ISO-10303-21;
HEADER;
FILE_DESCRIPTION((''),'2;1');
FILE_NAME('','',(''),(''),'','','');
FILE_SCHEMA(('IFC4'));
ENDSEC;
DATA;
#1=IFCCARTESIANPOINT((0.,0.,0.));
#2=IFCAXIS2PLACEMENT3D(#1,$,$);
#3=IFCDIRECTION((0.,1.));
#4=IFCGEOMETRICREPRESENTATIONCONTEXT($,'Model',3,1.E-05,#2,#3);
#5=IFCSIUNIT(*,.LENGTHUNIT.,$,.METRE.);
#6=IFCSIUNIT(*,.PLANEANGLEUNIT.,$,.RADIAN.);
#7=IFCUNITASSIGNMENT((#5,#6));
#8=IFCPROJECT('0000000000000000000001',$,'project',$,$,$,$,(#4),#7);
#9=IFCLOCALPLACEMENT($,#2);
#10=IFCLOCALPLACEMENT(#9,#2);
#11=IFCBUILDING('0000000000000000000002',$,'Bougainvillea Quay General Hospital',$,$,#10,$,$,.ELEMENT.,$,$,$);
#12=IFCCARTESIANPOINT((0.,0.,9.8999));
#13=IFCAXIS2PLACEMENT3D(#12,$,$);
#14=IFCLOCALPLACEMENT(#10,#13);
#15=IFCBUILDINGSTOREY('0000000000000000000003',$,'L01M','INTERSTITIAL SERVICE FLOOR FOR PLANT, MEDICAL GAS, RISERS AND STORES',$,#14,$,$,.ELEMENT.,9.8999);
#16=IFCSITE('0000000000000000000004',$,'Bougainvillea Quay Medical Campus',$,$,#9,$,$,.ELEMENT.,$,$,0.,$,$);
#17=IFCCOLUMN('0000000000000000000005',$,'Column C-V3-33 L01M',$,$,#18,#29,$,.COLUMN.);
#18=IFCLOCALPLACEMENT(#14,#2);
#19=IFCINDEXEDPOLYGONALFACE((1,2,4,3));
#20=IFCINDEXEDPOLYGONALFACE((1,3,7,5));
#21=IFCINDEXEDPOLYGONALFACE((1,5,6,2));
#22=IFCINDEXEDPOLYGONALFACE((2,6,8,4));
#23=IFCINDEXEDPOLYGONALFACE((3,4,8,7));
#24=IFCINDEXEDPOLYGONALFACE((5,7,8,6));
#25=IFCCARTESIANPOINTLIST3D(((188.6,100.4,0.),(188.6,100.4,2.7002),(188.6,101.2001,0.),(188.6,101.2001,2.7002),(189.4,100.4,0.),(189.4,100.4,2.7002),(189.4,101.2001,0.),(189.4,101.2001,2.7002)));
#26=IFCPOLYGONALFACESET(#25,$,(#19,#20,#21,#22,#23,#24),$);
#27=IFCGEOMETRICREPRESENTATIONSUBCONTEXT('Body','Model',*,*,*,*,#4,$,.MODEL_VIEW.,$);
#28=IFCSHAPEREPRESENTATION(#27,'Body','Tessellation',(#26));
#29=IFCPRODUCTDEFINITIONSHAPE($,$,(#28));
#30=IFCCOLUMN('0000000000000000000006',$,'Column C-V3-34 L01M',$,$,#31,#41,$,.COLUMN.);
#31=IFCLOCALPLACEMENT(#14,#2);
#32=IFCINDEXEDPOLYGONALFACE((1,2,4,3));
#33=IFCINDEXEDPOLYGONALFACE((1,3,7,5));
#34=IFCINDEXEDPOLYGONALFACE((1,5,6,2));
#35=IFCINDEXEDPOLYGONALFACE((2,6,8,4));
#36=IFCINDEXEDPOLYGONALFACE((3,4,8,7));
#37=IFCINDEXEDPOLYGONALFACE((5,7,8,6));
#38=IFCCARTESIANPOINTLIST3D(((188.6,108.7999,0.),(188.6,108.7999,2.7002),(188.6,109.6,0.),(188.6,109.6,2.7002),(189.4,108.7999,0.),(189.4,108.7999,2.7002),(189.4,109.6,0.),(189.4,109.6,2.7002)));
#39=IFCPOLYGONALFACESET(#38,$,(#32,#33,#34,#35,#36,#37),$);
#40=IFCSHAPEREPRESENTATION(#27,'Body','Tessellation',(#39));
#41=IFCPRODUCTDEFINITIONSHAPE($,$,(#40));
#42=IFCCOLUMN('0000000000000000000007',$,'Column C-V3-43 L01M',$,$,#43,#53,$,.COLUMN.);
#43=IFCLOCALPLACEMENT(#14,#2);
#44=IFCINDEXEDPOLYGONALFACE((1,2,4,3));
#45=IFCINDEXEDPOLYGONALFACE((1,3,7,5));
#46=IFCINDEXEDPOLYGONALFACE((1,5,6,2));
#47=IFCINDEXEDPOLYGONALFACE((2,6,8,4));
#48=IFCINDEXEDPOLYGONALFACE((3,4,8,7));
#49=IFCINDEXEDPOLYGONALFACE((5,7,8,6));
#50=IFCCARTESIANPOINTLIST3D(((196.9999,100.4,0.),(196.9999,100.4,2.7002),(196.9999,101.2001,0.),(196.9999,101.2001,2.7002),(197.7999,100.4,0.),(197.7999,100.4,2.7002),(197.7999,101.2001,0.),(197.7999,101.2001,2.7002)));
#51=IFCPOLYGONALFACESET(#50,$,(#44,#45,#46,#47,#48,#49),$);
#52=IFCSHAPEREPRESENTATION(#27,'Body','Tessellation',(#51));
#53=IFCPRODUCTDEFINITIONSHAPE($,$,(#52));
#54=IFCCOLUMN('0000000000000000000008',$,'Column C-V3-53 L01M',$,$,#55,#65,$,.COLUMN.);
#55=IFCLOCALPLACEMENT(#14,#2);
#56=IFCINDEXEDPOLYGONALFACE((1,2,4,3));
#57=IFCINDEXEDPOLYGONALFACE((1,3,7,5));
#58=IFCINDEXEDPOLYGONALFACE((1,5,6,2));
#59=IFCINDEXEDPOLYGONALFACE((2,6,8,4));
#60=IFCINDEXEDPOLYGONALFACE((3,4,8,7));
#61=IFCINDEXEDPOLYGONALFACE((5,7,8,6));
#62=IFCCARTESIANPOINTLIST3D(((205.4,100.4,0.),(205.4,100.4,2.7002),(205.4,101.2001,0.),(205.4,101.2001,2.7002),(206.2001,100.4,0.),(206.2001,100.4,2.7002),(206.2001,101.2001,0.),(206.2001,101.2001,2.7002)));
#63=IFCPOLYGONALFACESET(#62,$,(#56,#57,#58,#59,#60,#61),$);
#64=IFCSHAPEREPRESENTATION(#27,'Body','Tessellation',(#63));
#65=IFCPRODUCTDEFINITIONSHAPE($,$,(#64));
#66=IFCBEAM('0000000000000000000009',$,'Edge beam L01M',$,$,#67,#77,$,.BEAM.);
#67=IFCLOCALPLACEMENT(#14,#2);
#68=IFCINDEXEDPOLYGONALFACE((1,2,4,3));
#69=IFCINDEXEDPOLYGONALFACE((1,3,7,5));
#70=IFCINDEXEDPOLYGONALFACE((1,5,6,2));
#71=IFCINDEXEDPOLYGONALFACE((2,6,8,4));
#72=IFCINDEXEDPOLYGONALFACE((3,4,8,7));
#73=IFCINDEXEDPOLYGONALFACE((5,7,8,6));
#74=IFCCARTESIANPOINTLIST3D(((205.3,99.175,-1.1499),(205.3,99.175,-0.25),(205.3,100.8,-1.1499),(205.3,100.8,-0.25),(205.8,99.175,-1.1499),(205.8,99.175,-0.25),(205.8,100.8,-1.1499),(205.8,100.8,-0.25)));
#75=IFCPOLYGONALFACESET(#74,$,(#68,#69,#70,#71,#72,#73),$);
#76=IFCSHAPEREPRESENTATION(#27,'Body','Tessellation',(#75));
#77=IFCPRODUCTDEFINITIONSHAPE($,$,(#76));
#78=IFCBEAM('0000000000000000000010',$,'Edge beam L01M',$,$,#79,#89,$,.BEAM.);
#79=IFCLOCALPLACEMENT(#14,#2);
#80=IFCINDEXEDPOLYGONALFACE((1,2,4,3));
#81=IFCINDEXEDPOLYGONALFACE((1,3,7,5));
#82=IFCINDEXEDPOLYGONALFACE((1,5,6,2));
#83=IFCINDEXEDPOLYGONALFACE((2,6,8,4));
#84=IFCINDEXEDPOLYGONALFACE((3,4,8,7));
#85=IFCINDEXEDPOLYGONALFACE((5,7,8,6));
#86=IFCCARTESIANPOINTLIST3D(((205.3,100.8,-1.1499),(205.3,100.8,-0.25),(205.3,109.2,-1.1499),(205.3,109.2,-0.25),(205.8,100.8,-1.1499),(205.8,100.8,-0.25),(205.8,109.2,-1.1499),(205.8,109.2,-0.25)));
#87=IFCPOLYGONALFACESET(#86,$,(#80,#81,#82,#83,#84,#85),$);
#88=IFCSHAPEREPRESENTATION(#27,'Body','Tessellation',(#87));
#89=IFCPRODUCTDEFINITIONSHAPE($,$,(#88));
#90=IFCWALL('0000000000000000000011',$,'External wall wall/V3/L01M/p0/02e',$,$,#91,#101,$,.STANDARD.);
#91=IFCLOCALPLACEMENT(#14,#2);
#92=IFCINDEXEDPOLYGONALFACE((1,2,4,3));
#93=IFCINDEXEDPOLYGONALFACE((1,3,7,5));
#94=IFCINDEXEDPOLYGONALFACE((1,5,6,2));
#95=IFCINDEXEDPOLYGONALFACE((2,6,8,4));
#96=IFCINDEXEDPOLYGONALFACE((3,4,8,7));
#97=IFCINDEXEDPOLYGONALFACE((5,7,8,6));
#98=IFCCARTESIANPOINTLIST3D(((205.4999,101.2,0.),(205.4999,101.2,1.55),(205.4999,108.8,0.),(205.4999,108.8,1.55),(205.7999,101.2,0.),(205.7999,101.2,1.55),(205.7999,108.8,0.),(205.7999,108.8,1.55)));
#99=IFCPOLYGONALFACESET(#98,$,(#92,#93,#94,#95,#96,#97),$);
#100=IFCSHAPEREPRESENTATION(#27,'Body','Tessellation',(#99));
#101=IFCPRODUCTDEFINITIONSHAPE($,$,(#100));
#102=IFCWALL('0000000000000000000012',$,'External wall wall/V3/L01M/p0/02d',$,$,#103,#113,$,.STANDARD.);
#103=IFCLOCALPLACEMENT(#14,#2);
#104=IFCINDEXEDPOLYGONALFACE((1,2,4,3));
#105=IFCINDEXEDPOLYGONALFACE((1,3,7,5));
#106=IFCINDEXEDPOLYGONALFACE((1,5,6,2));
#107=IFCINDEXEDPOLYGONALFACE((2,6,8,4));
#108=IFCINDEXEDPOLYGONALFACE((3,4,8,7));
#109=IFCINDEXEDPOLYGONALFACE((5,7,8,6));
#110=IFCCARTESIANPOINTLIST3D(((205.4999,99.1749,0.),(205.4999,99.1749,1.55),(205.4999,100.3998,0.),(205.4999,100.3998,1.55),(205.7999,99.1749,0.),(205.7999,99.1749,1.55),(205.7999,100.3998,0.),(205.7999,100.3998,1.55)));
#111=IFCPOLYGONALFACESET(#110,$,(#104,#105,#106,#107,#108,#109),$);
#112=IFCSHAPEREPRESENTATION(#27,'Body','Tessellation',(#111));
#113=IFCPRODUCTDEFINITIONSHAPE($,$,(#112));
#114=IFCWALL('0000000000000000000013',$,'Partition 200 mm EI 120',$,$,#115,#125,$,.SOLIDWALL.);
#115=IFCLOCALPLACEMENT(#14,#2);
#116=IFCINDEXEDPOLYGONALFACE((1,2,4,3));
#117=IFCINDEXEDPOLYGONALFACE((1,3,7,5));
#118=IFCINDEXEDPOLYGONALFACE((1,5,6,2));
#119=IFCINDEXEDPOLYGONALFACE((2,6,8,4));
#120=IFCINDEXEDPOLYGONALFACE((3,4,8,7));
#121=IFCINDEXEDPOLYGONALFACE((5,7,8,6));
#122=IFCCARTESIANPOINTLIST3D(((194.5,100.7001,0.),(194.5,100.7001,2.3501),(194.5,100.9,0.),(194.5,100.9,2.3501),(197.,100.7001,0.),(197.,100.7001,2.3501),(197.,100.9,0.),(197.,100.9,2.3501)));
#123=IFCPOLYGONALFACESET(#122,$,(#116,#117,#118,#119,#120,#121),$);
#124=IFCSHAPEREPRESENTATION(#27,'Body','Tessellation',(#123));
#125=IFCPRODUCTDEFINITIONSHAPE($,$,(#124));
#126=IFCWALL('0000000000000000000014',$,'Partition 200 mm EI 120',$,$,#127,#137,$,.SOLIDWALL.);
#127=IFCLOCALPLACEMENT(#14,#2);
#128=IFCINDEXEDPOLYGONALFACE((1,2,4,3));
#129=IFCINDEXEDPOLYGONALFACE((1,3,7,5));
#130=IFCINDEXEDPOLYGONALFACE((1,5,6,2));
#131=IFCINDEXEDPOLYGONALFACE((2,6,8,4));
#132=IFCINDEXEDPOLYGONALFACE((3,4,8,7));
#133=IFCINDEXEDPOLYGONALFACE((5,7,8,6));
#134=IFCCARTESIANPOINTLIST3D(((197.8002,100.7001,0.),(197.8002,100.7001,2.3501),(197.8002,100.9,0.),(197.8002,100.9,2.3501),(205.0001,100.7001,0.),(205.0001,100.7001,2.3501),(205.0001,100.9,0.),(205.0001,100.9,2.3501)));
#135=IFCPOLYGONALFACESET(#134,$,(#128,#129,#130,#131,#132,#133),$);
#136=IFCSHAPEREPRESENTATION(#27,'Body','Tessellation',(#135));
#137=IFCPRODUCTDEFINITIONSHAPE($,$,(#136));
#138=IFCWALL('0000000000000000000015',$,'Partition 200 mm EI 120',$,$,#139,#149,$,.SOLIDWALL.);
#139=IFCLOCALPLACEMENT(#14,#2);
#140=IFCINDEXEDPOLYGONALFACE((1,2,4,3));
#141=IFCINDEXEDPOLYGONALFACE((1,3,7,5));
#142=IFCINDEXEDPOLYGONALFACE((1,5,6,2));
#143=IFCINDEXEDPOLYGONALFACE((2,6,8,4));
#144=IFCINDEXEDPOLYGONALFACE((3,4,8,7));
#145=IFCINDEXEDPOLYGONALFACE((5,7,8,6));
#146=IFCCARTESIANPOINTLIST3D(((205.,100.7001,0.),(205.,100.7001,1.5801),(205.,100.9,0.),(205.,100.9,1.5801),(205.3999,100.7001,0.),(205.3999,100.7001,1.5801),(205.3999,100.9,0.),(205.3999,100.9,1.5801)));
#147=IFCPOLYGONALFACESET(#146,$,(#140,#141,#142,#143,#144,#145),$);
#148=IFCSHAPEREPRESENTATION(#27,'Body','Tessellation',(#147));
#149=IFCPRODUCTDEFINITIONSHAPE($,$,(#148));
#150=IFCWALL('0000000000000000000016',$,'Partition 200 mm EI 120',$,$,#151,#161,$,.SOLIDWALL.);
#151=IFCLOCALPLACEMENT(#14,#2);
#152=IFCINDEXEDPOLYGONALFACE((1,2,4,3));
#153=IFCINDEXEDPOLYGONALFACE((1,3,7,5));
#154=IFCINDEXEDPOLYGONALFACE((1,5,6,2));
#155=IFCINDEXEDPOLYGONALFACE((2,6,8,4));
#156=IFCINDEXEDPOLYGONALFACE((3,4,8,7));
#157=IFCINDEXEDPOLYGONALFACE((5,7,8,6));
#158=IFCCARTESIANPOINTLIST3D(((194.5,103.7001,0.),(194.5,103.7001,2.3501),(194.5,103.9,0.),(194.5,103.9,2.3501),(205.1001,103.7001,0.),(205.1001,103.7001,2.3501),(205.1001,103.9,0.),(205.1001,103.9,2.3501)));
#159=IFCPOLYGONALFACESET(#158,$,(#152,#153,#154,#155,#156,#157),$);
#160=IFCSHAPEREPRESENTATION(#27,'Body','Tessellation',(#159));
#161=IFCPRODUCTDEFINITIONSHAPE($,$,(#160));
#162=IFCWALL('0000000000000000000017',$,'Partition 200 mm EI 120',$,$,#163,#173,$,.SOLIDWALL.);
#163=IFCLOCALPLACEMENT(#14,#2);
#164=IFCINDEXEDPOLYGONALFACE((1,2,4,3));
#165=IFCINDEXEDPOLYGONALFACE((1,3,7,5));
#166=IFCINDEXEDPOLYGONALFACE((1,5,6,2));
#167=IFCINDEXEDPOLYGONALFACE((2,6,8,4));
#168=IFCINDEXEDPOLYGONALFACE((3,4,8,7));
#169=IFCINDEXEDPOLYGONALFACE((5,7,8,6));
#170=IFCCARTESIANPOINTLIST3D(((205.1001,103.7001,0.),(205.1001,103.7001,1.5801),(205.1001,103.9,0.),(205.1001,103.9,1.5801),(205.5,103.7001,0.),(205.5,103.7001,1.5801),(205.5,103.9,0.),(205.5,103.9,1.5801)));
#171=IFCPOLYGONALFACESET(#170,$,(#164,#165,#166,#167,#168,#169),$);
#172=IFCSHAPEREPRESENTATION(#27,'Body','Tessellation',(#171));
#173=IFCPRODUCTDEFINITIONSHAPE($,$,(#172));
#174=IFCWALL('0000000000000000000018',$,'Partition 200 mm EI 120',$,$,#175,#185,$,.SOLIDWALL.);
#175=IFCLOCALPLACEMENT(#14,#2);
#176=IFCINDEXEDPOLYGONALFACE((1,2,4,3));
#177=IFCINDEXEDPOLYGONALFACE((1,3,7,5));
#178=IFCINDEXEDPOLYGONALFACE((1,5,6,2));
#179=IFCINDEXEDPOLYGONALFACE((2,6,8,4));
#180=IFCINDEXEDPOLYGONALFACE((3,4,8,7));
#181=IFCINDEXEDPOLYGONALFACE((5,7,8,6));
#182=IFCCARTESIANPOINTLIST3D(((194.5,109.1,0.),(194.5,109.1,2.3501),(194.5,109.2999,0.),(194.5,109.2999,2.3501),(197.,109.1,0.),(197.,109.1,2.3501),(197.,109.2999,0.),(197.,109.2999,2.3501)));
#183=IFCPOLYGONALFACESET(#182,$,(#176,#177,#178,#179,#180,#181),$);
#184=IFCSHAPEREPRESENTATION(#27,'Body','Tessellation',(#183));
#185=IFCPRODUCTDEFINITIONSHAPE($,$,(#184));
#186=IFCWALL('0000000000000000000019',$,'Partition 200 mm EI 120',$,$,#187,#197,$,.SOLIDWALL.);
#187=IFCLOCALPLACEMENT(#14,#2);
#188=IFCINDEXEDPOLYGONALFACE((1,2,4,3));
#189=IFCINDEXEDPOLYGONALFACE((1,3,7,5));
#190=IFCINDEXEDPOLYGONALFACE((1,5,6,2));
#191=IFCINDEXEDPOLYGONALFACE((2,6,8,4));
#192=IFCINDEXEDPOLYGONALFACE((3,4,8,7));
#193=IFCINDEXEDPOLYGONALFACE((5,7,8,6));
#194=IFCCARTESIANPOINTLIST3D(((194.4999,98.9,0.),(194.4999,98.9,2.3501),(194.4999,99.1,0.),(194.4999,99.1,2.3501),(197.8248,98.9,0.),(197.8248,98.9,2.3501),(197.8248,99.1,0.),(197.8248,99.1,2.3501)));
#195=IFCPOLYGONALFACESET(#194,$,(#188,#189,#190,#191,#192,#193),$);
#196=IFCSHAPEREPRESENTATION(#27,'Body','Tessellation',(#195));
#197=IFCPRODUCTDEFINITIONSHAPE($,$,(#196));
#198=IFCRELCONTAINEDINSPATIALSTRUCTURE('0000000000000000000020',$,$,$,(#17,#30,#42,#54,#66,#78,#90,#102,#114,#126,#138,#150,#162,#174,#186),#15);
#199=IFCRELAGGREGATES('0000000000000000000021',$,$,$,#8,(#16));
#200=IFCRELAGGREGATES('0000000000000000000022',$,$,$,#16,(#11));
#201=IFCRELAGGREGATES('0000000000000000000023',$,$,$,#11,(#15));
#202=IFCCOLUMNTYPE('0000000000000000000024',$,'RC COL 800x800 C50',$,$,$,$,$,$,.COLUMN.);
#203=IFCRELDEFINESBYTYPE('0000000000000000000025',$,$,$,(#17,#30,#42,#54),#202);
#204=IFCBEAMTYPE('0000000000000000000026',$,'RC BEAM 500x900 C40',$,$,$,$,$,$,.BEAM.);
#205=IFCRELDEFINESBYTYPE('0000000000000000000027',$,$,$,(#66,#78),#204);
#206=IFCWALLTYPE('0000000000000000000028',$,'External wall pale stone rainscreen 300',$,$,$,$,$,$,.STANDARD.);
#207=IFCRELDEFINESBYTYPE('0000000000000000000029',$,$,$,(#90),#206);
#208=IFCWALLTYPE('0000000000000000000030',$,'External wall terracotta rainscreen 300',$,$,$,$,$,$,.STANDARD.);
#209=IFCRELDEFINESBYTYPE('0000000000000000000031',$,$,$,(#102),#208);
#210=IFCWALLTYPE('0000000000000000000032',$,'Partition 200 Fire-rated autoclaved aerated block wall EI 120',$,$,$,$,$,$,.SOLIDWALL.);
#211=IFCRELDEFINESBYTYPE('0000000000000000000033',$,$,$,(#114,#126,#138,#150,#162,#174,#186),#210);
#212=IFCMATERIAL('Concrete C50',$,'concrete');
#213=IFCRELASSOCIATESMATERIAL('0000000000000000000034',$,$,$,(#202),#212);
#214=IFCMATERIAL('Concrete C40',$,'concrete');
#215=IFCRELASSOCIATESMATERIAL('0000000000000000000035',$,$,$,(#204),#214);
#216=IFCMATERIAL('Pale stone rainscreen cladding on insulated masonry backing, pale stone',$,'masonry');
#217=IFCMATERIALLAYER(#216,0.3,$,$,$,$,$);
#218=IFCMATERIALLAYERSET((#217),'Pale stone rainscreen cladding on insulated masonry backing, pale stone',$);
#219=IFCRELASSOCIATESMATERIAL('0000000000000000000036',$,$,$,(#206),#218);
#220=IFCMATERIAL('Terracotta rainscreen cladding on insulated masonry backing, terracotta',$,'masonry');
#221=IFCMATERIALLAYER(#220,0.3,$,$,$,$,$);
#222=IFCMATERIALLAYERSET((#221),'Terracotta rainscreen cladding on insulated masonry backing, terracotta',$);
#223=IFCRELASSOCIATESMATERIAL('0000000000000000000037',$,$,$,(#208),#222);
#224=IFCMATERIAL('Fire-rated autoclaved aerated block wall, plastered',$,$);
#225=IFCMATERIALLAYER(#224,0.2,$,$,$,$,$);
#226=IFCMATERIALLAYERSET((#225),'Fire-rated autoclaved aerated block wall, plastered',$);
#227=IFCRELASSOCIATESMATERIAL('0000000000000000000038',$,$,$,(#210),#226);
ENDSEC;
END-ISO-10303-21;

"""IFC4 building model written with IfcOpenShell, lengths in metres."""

from ifc_helpers import new_model, si_unit, direction, frame, frame_2d, origin, origin_2d, place, context, subcontext, project, spatial, rectangle, extrude, material, layer, layer_set, material_profile, profile_set, type_object, element, save


model = new_model("IFC4")

# Units and contexts
model_context = context("Model", 3, precision=1e-05, world=origin(), true_north=direction((0.0, 1.0)))
body_context = subcontext(model_context, "Body", "Model", "MODEL_VIEW")
ifc_project = project(units=[si_unit("LENGTHUNIT", "METRE"), si_unit("PLANEANGLEUNIT", "RADIAN")], contexts=[model_context])

# Site, building, storey
site_placement = place(None, origin())
site = spatial("IfcSite", under=ifc_project, at=site_placement, Name="Bougainvillea Quay Medical Campus", CompositionType="ELEMENT", RefElevation=0.0)
building_placement = place(site_placement, origin())
building = spatial("IfcBuilding", under=site, at=building_placement, Name="Bougainvillea Quay General Hospital", CompositionType="ELEMENT")
storey_placement = place(building_placement, frame((0.0, 0.0, 9.8999)))
storey = spatial("IfcBuildingStorey", under=building, at=storey_placement, Name="L01M", Description="INTERSTITIAL SERVICE FLOOR FOR PLANT, MEDICAL GAS, RISERS AND STORES", CompositionType="ELEMENT", Elevation=9.8999)

# Columns
ifc_material_1 = material(Name="Concrete C50", Category="concrete")
ifc_material_profile_1 = material_profile(ifc_material_1, rectangle(XDim=0.8, YDim=0.8, at=origin_2d()))
ifc_profile_set_1 = profile_set([ifc_material_profile_1], Name="Concrete C50")
column_type = type_object("IfcColumnType", Name="RC COL 800x800 C50", PredefinedType="COLUMN", material=ifc_profile_set_1)
for number, where, z_axis, x_axis, name in (
    (1, (189.0, 100.8, 0.0), (0.0, 0.0, 1.0), (1.0, 0.0, 0.0), "Column C-V3-33 L01M"),
    (2, (189.0, 109.2, 0.0), (0.0, 0.0, 1.0), (1.0, 0.0, 0.0), "Column C-V3-34 L01M"),
    (3, (197.3999, 100.8, 0.0), (0.0, 0.0, 1.0), (1.0, 0.0, 0.0), "Column C-V3-43 L01M"),
    (4, (205.8, 100.8, 0.0), (0.0, 0.0, 1.0), (1.0, 0.0, 0.0), "Column C-V3-53 L01M"),
):
    element("IfcColumn", number, at=place(storey_placement, frame(where, z_axis=z_axis, x_axis=x_axis)), inside=storey, type_object=column_type, Name=name, PredefinedType="COLUMN", context=body_context, shape_type="SweptSolid", body=[
        extrude(rectangle(XDim=0.8, YDim=0.8, at=origin_2d()), origin(), (0.0, 0.0, 1.0), 2.7002),
    ])

# Beams
ifc_material_2 = material(Name="Concrete C40", Category="concrete")
ifc_material_profile_2 = material_profile(ifc_material_2, rectangle(XDim=0.5, YDim=0.8999, at=origin_2d()))
ifc_profile_set_2 = profile_set([ifc_material_profile_2], Name="Concrete C40")
beam_type = type_object("IfcBeamType", Name="RC BEAM 500x900 C40", PredefinedType="BEAM", material=ifc_profile_set_2)
beam_1_placement = place(storey_placement, frame((205.55, 99.175, -0.7), z_axis=(0.0, 1.0, 0.0), x_axis=(-1.0, 0.0, 0.0)))
element("IfcBeam", 5, at=beam_1_placement, inside=storey, type_object=beam_type, Name="Edge beam L01M", PredefinedType="BEAM", context=body_context, shape_type="SweptSolid", body=[
    extrude(rectangle(XDim=0.5, YDim=0.8999, at=origin_2d()), origin(), (0.0, 0.0, 1.0), 1.625),
])
beam_2_placement = place(storey_placement, frame((205.55, 100.8, -0.7), z_axis=(0.0, 1.0, 0.0), x_axis=(-1.0, 0.0, 0.0)))
element("IfcBeam", 6, at=beam_2_placement, inside=storey, type_object=beam_type, Name="Edge beam L01M", PredefinedType="BEAM", context=body_context, shape_type="SweptSolid", body=[
    extrude(rectangle(XDim=0.5, YDim=0.8999, at=origin_2d()), origin(), (0.0, 0.0, 1.0), 8.3999),
])

# Walls
ifc_material_3 = material(Name="Pale stone rainscreen cladding on insulated masonry backing, pale stone", Category="masonry")
ifc_layer_1 = layer(ifc_material_3, 0.3)
ifc_layer_set_1 = layer_set([ifc_layer_1], Name="Pale stone rainscreen cladding on insulated masonry backing, pale stone")
wall_type_1 = type_object("IfcWallType", Name="External wall pale stone rainscreen 300", PredefinedType="STANDARD", material=ifc_layer_set_1)
wall_1_placement = place(storey_placement, frame((205.6499, 101.2, 0.0), z_axis=(0.0, 0.0, 1.0), x_axis=(0.0, 1.0, 0.0)))
element("IfcWall", 7, at=wall_1_placement, inside=storey, type_object=wall_type_1, Name="External wall wall/V3/L01M/p0/02e", PredefinedType="STANDARD", context=body_context, shape_type="SweptSolid", body=[
    extrude(rectangle(XDim=7.6001, YDim=0.3, at=frame_2d((3.8, 0.0))), origin(), (0.0, 0.0, 1.0), 1.55),
])
ifc_material_4 = material(Name="Terracotta rainscreen cladding on insulated masonry backing, terracotta", Category="masonry")
ifc_layer_2 = layer(ifc_material_4, 0.3)
ifc_layer_set_2 = layer_set([ifc_layer_2], Name="Terracotta rainscreen cladding on insulated masonry backing, terracotta")
wall_type_2 = type_object("IfcWallType", Name="External wall terracotta rainscreen 300", PredefinedType="STANDARD", material=ifc_layer_set_2)
wall_2_placement = place(storey_placement, frame((205.6499, 99.175, 0.0), z_axis=(0.0, 0.0, 1.0), x_axis=(0.0, 1.0, 0.0)))
element("IfcWall", 8, at=wall_2_placement, inside=storey, type_object=wall_type_2, Name="External wall wall/V3/L01M/p0/02d", PredefinedType="STANDARD", context=body_context, shape_type="SweptSolid", body=[
    extrude(rectangle(XDim=1.2249, YDim=0.3, at=frame_2d((0.6123, 0.0))), origin(), (0.0, 0.0, 1.0), 1.55),
])
ifc_material_5 = material(Name="Fire-rated autoclaved aerated block wall, plastered")
ifc_layer_3 = layer(ifc_material_5, 0.2)
ifc_layer_set_3 = layer_set([ifc_layer_3], Name="Fire-rated autoclaved aerated block wall, plastered")
wall_type_3 = type_object("IfcWallType", Name="Partition 200 Fire-rated autoclaved aerated block wall EI 120", PredefinedType="SOLIDWALL", material=ifc_layer_set_3)
wall_3_placement = place(storey_placement, frame((194.5, 100.8, 0.0), z_axis=(0.0, 0.0, 1.0), x_axis=(1.0, 0.0, 0.0)))
element("IfcWall", 9, at=wall_3_placement, inside=storey, type_object=wall_type_3, Name="Partition 200 mm EI 120", PredefinedType="SOLIDWALL", context=body_context, shape_type="SweptSolid", body=[
    extrude(rectangle(XDim=2.5, YDim=0.2, at=frame_2d((1.25, 0.0))), origin(), (0.0, 0.0, 1.0), 2.3501),
])
wall_4_placement = place(storey_placement, frame((197.8, 100.8, 0.0), z_axis=(0.0, 0.0, 1.0), x_axis=(1.0, 0.0, 0.0)))
element("IfcWall", 10, at=wall_4_placement, inside=storey, type_object=wall_type_3, Name="Partition 200 mm EI 120", PredefinedType="SOLIDWALL", context=body_context, shape_type="SweptSolid", body=[
    extrude(rectangle(XDim=7.2, YDim=0.2, at=frame_2d((3.6001, 0.0))), origin(), (0.0, 0.0, 1.0), 2.3501),
])
wall_5_placement = place(storey_placement, frame((205.0, 100.8, 0.0), z_axis=(0.0, 0.0, 1.0), x_axis=(1.0, 0.0, 0.0)))
element("IfcWall", 11, at=wall_5_placement, inside=storey, type_object=wall_type_3, Name="Partition 200 mm EI 120", PredefinedType="SOLIDWALL", context=body_context, shape_type="SweptSolid", body=[
    extrude(rectangle(XDim=0.3999, YDim=0.2, at=frame_2d((0.2, 0.0))), origin(), (0.0, 0.0, 1.0), 1.5801),
])
wall_6_placement = place(storey_placement, frame((194.5, 103.8, 0.0), z_axis=(0.0, 0.0, 1.0), x_axis=(1.0, 0.0, 0.0)))
element("IfcWall", 12, at=wall_6_placement, inside=storey, type_object=wall_type_3, Name="Partition 200 mm EI 120", PredefinedType="SOLIDWALL", context=body_context, shape_type="SweptSolid", body=[
    extrude(rectangle(XDim=10.6001, YDim=0.2, at=frame_2d((5.3, 0.0))), origin(), (0.0, 0.0, 1.0), 2.3501),
])
wall_7_placement = place(storey_placement, frame((205.1001, 103.8, 0.0), z_axis=(0.0, 0.0, 1.0), x_axis=(1.0, 0.0, 0.0)))
element("IfcWall", 13, at=wall_7_placement, inside=storey, type_object=wall_type_3, Name="Partition 200 mm EI 120", PredefinedType="SOLIDWALL", context=body_context, shape_type="SweptSolid", body=[
    extrude(rectangle(XDim=0.3999, YDim=0.2, at=frame_2d((0.2, 0.0))), origin(), (0.0, 0.0, 1.0), 1.5801),
])
wall_8_placement = place(storey_placement, frame((194.5, 109.2, 0.0), z_axis=(0.0, 0.0, 1.0), x_axis=(1.0, 0.0, 0.0)))
element("IfcWall", 14, at=wall_8_placement, inside=storey, type_object=wall_type_3, Name="Partition 200 mm EI 120", PredefinedType="SOLIDWALL", context=body_context, shape_type="SweptSolid", body=[
    extrude(rectangle(XDim=2.5, YDim=0.2, at=frame_2d((1.25, 0.0))), origin(), (0.0, 0.0, 1.0), 2.3501),
])
wall_9_placement = place(storey_placement, frame((197.825, 99.0, 0.0), z_axis=(0.0, 0.0, 1.0), x_axis=(-1.0, 0.0, 0.0)))
element("IfcWall", 15, at=wall_9_placement, inside=storey, type_object=wall_type_3, Name="Partition 200 mm EI 120", PredefinedType="SOLIDWALL", context=body_context, shape_type="SweptSolid", body=[
    extrude(rectangle(XDim=3.325, YDim=0.2, at=frame_2d((1.6626, 0.0))), origin(), (0.0, 0.0, 1.0), 2.3501),
])

save(model, "model.ifc")
